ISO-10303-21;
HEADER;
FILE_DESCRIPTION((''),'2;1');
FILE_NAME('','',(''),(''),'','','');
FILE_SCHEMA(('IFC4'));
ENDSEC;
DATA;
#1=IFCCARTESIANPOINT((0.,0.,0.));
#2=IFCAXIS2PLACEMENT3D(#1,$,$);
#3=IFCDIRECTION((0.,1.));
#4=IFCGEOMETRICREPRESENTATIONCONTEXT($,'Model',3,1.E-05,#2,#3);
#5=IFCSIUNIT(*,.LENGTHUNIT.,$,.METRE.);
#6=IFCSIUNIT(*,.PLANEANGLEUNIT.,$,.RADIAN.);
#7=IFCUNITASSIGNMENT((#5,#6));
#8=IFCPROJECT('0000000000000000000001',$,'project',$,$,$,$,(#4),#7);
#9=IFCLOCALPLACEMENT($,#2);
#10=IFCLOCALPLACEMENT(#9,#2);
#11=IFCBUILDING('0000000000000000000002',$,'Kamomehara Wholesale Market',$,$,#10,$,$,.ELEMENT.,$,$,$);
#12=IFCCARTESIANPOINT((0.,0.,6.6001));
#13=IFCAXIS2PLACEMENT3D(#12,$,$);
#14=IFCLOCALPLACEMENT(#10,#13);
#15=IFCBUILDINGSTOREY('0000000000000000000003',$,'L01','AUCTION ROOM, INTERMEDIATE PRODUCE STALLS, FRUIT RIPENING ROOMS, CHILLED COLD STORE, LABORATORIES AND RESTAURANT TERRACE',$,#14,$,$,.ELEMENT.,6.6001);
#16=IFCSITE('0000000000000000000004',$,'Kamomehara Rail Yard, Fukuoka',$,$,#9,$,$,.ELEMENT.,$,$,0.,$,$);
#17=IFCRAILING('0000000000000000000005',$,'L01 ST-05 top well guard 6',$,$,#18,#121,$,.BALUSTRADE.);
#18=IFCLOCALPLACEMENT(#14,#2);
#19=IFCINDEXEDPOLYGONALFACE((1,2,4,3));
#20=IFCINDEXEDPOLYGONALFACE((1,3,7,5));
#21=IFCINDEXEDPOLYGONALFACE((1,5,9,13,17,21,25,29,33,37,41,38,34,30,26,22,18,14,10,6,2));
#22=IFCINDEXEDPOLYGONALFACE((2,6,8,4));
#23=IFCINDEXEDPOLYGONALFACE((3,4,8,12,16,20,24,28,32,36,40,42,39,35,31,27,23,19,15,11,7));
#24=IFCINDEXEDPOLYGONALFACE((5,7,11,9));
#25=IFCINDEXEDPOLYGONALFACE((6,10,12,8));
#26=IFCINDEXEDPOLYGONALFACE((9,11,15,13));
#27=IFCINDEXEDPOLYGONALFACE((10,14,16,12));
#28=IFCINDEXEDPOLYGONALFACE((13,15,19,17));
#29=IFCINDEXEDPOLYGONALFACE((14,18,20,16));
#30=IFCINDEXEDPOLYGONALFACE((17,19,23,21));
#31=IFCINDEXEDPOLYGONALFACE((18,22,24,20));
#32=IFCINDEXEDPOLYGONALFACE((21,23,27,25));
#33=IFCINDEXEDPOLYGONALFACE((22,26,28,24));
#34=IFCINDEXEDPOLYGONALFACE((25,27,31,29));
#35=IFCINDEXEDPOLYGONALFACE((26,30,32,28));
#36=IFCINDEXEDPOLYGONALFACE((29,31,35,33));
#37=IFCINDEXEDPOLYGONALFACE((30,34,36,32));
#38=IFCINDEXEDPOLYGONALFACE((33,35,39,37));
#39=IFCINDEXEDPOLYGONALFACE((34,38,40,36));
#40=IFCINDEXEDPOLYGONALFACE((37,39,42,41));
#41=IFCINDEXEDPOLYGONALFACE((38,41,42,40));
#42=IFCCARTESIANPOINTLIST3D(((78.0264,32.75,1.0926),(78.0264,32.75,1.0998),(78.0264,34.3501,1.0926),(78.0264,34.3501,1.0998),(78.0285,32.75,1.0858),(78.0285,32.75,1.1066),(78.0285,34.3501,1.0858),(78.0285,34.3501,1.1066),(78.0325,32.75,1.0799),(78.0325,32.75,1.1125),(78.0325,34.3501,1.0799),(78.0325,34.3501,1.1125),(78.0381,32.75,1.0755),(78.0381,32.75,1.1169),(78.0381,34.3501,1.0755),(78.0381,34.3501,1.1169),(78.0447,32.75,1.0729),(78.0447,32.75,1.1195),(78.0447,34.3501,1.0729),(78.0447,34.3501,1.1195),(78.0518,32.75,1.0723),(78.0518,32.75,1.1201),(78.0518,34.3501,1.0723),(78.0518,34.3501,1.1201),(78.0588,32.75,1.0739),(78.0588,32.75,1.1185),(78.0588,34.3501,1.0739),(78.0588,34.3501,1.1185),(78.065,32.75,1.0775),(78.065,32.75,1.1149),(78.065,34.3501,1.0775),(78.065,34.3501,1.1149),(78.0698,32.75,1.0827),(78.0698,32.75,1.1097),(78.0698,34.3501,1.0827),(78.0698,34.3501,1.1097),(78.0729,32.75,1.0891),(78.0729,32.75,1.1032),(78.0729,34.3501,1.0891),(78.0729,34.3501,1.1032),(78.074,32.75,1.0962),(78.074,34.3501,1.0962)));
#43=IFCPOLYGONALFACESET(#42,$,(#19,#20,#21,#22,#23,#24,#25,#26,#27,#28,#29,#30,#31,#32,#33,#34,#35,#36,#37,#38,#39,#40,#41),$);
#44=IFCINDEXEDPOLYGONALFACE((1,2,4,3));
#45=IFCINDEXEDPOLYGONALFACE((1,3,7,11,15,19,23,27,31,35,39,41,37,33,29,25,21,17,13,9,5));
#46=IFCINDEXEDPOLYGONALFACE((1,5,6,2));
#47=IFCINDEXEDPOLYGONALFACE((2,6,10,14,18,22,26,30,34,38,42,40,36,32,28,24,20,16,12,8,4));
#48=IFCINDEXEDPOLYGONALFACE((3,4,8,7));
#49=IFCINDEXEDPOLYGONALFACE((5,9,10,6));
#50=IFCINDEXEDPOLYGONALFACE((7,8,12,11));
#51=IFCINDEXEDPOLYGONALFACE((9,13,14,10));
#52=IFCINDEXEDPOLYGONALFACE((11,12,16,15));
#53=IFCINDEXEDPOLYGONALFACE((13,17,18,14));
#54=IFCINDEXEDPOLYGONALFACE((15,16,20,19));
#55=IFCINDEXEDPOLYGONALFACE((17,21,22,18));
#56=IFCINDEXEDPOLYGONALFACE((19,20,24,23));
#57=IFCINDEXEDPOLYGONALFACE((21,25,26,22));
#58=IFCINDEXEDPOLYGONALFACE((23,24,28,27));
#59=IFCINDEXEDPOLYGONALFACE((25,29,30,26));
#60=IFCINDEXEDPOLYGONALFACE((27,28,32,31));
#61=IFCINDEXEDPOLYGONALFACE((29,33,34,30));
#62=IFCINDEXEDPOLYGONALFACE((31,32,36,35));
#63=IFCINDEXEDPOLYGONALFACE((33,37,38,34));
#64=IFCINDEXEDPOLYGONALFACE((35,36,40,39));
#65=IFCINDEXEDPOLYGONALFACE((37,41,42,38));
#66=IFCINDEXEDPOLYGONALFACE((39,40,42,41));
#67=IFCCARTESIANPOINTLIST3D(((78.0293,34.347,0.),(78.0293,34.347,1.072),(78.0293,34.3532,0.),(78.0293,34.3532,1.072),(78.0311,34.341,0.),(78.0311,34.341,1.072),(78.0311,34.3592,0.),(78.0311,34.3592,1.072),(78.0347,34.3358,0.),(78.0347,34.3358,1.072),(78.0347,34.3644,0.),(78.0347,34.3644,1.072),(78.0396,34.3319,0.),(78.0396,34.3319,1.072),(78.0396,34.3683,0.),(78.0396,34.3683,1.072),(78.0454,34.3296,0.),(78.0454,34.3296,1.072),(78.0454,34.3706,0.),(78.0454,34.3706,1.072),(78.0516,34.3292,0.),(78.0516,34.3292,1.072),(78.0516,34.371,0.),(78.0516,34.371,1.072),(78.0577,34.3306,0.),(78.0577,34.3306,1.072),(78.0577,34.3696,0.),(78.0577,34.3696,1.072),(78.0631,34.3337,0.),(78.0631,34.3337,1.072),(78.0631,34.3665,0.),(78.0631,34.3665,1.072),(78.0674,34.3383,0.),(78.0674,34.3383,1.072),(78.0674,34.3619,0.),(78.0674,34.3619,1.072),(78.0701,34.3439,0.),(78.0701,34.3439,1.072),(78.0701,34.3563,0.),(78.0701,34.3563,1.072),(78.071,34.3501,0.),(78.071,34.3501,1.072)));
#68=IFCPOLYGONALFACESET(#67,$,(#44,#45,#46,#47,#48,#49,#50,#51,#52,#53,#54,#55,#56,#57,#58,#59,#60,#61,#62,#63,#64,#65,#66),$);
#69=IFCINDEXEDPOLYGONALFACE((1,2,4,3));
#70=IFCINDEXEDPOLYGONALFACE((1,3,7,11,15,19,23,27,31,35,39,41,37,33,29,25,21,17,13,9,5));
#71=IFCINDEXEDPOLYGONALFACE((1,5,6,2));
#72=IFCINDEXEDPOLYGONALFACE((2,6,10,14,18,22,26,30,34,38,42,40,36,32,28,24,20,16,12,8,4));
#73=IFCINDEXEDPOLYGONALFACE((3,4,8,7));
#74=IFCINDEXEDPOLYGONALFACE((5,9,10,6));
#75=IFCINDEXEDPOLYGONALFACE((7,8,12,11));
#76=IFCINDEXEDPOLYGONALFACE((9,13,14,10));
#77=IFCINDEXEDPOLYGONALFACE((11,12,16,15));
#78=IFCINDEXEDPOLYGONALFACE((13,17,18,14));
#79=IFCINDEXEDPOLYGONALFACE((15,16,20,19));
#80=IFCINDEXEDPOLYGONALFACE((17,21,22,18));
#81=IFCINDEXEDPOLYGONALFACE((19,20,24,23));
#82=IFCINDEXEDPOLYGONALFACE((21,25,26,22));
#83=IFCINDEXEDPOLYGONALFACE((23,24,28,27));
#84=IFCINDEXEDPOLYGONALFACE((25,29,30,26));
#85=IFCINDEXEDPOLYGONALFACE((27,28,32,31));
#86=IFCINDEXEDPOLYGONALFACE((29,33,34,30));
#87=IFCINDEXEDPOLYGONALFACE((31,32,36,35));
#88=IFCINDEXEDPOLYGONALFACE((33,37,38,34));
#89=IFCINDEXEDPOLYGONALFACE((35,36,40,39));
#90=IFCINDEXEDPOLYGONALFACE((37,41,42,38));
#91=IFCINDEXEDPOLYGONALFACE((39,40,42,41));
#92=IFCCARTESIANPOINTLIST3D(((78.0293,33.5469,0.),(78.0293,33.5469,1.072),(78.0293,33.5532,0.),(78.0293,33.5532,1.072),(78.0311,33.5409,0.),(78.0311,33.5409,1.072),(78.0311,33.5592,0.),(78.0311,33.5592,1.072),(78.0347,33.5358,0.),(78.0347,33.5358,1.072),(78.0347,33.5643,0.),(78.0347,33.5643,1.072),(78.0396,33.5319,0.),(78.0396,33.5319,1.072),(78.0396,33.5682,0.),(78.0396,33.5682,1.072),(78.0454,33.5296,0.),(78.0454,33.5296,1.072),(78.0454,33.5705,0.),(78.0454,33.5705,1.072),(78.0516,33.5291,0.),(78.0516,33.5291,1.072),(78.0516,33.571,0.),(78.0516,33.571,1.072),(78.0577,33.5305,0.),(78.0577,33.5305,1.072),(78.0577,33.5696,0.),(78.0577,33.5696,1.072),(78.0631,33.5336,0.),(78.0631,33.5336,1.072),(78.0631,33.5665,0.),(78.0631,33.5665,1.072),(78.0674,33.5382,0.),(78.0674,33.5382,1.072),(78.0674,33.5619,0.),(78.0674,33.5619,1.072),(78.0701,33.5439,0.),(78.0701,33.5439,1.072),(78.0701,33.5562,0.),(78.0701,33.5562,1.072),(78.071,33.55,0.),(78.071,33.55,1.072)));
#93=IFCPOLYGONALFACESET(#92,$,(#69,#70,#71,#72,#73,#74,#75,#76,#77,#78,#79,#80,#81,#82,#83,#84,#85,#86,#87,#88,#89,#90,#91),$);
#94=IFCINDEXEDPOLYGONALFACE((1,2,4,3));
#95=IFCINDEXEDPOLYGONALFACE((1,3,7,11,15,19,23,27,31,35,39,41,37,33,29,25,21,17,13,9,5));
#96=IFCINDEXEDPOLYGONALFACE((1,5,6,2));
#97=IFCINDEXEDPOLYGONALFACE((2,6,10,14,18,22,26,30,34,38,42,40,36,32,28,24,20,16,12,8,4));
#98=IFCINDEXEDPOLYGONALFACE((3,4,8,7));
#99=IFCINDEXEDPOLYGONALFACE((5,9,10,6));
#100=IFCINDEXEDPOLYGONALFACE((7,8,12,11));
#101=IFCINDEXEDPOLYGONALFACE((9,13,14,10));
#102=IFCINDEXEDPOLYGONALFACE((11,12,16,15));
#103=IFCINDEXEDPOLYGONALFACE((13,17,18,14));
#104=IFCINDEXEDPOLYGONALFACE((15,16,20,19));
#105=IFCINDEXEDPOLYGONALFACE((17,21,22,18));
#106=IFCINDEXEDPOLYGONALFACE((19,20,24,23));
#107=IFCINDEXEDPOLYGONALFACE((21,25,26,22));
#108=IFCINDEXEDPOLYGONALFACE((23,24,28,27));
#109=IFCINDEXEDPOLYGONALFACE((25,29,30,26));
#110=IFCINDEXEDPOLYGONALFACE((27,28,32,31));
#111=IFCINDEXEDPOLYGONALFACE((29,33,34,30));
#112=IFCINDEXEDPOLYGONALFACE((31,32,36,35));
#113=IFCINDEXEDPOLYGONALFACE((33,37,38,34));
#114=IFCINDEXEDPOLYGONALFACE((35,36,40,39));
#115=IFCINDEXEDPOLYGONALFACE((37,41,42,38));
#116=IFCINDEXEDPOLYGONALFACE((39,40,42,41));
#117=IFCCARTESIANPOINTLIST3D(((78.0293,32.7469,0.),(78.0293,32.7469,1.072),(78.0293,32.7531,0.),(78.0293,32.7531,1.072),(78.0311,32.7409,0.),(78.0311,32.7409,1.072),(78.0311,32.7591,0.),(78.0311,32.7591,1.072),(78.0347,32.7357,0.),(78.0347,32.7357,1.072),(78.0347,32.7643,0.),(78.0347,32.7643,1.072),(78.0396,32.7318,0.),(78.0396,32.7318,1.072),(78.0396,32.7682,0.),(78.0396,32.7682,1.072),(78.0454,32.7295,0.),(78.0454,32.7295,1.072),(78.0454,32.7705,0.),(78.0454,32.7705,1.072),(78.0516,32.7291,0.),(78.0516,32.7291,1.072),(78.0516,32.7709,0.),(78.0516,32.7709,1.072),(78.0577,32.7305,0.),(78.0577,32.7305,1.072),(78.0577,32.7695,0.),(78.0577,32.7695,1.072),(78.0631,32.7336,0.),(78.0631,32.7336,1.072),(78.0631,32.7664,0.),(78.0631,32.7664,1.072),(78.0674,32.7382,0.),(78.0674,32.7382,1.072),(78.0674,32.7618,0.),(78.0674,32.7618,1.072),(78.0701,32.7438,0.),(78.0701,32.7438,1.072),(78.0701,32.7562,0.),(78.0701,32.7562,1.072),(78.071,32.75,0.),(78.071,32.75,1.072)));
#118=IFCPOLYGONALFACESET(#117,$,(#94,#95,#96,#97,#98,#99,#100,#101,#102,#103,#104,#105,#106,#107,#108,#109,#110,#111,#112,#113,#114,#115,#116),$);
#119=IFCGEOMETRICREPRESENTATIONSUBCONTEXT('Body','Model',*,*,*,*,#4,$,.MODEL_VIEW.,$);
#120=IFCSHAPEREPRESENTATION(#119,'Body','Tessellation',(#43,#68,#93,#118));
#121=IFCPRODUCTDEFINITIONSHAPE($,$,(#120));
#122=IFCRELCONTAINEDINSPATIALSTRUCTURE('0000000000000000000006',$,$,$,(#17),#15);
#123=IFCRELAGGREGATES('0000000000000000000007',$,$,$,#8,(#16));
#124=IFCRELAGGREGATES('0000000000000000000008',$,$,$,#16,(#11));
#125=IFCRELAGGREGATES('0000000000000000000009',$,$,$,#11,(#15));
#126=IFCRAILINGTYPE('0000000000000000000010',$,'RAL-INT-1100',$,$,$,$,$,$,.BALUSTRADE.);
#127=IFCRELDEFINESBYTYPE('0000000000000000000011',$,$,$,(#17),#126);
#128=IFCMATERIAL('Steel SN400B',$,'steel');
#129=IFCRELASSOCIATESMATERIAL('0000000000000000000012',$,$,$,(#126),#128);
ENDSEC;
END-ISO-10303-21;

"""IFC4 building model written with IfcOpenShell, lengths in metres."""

from ifc_helpers import new_model, si_unit, direction, frame, origin, origin_2d, place, context, subcontext, project, spatial, circle, extrude, material, type_object, element, save


model = new_model("IFC4")

# Units and contexts
model_context = context("Model", 3, precision=1e-05, world=origin(), true_north=direction((0.0, 1.0)))
body_context = subcontext(model_context, "Body", "Model", "MODEL_VIEW")
ifc_project = project(units=[si_unit("LENGTHUNIT", "METRE"), si_unit("PLANEANGLEUNIT", "RADIAN")], contexts=[model_context])

# Site, building, storey
site_placement = place(None, origin())
site = spatial("IfcSite", under=ifc_project, at=site_placement, Name="Kamomehara Rail Yard, Fukuoka", CompositionType="ELEMENT", RefElevation=0.0)
building_placement = place(site_placement, origin())
building = spatial("IfcBuilding", under=site, at=building_placement, Name="Kamomehara Wholesale Market", CompositionType="ELEMENT")
storey_placement = place(building_placement, frame((0.0, 0.0, 6.6001)))
storey = spatial("IfcBuildingStorey", under=building, at=storey_placement, Name="L01", Description="AUCTION ROOM, INTERMEDIATE PRODUCE STALLS, FRUIT RIPENING ROOMS, CHILLED COLD STORE, LABORATORIES AND RESTAURANT TERRACE", CompositionType="ELEMENT", Elevation=6.6001)

# Railing
ifc_material_1 = material(Name="Steel SN400B", Category="steel")
railing_type = type_object("IfcRailingType", Name="RAL-INT-1100", PredefinedType="BALUSTRADE", material=ifc_material_1)
railing_1_placement = place(storey_placement, frame((78.05, 34.3501, 0.0)))
element("IfcRailing", 1, at=railing_1_placement, inside=storey, type_object=railing_type, Name="L01 ST-05 top well guard 6", PredefinedType="BALUSTRADE", context=body_context, shape_type="SweptSolid", body=[
    extrude(circle(Radius=0.0239, at=origin_2d()), frame((0.0, 0.0, 1.0962), z_axis=(0.0, -1.0, 0.0), x_axis=(1.0, 0.0, 0.0)), (0.0, 0.0, 1.0), 1.6001),
    extrude(circle(Radius=0.021, at=origin_2d()), origin(), (0.0, 0.0, 1.0), 1.072),
    extrude(circle(Radius=0.021, at=origin_2d()), frame((0.0, -0.8, 0.0)), (0.0, 0.0, 1.0), 1.072),
    extrude(circle(Radius=0.021, at=origin_2d()), frame((0.0, -1.6001, 0.0)), (0.0, 0.0, 1.0), 1.072),
])

save(model, "model.ifc")
